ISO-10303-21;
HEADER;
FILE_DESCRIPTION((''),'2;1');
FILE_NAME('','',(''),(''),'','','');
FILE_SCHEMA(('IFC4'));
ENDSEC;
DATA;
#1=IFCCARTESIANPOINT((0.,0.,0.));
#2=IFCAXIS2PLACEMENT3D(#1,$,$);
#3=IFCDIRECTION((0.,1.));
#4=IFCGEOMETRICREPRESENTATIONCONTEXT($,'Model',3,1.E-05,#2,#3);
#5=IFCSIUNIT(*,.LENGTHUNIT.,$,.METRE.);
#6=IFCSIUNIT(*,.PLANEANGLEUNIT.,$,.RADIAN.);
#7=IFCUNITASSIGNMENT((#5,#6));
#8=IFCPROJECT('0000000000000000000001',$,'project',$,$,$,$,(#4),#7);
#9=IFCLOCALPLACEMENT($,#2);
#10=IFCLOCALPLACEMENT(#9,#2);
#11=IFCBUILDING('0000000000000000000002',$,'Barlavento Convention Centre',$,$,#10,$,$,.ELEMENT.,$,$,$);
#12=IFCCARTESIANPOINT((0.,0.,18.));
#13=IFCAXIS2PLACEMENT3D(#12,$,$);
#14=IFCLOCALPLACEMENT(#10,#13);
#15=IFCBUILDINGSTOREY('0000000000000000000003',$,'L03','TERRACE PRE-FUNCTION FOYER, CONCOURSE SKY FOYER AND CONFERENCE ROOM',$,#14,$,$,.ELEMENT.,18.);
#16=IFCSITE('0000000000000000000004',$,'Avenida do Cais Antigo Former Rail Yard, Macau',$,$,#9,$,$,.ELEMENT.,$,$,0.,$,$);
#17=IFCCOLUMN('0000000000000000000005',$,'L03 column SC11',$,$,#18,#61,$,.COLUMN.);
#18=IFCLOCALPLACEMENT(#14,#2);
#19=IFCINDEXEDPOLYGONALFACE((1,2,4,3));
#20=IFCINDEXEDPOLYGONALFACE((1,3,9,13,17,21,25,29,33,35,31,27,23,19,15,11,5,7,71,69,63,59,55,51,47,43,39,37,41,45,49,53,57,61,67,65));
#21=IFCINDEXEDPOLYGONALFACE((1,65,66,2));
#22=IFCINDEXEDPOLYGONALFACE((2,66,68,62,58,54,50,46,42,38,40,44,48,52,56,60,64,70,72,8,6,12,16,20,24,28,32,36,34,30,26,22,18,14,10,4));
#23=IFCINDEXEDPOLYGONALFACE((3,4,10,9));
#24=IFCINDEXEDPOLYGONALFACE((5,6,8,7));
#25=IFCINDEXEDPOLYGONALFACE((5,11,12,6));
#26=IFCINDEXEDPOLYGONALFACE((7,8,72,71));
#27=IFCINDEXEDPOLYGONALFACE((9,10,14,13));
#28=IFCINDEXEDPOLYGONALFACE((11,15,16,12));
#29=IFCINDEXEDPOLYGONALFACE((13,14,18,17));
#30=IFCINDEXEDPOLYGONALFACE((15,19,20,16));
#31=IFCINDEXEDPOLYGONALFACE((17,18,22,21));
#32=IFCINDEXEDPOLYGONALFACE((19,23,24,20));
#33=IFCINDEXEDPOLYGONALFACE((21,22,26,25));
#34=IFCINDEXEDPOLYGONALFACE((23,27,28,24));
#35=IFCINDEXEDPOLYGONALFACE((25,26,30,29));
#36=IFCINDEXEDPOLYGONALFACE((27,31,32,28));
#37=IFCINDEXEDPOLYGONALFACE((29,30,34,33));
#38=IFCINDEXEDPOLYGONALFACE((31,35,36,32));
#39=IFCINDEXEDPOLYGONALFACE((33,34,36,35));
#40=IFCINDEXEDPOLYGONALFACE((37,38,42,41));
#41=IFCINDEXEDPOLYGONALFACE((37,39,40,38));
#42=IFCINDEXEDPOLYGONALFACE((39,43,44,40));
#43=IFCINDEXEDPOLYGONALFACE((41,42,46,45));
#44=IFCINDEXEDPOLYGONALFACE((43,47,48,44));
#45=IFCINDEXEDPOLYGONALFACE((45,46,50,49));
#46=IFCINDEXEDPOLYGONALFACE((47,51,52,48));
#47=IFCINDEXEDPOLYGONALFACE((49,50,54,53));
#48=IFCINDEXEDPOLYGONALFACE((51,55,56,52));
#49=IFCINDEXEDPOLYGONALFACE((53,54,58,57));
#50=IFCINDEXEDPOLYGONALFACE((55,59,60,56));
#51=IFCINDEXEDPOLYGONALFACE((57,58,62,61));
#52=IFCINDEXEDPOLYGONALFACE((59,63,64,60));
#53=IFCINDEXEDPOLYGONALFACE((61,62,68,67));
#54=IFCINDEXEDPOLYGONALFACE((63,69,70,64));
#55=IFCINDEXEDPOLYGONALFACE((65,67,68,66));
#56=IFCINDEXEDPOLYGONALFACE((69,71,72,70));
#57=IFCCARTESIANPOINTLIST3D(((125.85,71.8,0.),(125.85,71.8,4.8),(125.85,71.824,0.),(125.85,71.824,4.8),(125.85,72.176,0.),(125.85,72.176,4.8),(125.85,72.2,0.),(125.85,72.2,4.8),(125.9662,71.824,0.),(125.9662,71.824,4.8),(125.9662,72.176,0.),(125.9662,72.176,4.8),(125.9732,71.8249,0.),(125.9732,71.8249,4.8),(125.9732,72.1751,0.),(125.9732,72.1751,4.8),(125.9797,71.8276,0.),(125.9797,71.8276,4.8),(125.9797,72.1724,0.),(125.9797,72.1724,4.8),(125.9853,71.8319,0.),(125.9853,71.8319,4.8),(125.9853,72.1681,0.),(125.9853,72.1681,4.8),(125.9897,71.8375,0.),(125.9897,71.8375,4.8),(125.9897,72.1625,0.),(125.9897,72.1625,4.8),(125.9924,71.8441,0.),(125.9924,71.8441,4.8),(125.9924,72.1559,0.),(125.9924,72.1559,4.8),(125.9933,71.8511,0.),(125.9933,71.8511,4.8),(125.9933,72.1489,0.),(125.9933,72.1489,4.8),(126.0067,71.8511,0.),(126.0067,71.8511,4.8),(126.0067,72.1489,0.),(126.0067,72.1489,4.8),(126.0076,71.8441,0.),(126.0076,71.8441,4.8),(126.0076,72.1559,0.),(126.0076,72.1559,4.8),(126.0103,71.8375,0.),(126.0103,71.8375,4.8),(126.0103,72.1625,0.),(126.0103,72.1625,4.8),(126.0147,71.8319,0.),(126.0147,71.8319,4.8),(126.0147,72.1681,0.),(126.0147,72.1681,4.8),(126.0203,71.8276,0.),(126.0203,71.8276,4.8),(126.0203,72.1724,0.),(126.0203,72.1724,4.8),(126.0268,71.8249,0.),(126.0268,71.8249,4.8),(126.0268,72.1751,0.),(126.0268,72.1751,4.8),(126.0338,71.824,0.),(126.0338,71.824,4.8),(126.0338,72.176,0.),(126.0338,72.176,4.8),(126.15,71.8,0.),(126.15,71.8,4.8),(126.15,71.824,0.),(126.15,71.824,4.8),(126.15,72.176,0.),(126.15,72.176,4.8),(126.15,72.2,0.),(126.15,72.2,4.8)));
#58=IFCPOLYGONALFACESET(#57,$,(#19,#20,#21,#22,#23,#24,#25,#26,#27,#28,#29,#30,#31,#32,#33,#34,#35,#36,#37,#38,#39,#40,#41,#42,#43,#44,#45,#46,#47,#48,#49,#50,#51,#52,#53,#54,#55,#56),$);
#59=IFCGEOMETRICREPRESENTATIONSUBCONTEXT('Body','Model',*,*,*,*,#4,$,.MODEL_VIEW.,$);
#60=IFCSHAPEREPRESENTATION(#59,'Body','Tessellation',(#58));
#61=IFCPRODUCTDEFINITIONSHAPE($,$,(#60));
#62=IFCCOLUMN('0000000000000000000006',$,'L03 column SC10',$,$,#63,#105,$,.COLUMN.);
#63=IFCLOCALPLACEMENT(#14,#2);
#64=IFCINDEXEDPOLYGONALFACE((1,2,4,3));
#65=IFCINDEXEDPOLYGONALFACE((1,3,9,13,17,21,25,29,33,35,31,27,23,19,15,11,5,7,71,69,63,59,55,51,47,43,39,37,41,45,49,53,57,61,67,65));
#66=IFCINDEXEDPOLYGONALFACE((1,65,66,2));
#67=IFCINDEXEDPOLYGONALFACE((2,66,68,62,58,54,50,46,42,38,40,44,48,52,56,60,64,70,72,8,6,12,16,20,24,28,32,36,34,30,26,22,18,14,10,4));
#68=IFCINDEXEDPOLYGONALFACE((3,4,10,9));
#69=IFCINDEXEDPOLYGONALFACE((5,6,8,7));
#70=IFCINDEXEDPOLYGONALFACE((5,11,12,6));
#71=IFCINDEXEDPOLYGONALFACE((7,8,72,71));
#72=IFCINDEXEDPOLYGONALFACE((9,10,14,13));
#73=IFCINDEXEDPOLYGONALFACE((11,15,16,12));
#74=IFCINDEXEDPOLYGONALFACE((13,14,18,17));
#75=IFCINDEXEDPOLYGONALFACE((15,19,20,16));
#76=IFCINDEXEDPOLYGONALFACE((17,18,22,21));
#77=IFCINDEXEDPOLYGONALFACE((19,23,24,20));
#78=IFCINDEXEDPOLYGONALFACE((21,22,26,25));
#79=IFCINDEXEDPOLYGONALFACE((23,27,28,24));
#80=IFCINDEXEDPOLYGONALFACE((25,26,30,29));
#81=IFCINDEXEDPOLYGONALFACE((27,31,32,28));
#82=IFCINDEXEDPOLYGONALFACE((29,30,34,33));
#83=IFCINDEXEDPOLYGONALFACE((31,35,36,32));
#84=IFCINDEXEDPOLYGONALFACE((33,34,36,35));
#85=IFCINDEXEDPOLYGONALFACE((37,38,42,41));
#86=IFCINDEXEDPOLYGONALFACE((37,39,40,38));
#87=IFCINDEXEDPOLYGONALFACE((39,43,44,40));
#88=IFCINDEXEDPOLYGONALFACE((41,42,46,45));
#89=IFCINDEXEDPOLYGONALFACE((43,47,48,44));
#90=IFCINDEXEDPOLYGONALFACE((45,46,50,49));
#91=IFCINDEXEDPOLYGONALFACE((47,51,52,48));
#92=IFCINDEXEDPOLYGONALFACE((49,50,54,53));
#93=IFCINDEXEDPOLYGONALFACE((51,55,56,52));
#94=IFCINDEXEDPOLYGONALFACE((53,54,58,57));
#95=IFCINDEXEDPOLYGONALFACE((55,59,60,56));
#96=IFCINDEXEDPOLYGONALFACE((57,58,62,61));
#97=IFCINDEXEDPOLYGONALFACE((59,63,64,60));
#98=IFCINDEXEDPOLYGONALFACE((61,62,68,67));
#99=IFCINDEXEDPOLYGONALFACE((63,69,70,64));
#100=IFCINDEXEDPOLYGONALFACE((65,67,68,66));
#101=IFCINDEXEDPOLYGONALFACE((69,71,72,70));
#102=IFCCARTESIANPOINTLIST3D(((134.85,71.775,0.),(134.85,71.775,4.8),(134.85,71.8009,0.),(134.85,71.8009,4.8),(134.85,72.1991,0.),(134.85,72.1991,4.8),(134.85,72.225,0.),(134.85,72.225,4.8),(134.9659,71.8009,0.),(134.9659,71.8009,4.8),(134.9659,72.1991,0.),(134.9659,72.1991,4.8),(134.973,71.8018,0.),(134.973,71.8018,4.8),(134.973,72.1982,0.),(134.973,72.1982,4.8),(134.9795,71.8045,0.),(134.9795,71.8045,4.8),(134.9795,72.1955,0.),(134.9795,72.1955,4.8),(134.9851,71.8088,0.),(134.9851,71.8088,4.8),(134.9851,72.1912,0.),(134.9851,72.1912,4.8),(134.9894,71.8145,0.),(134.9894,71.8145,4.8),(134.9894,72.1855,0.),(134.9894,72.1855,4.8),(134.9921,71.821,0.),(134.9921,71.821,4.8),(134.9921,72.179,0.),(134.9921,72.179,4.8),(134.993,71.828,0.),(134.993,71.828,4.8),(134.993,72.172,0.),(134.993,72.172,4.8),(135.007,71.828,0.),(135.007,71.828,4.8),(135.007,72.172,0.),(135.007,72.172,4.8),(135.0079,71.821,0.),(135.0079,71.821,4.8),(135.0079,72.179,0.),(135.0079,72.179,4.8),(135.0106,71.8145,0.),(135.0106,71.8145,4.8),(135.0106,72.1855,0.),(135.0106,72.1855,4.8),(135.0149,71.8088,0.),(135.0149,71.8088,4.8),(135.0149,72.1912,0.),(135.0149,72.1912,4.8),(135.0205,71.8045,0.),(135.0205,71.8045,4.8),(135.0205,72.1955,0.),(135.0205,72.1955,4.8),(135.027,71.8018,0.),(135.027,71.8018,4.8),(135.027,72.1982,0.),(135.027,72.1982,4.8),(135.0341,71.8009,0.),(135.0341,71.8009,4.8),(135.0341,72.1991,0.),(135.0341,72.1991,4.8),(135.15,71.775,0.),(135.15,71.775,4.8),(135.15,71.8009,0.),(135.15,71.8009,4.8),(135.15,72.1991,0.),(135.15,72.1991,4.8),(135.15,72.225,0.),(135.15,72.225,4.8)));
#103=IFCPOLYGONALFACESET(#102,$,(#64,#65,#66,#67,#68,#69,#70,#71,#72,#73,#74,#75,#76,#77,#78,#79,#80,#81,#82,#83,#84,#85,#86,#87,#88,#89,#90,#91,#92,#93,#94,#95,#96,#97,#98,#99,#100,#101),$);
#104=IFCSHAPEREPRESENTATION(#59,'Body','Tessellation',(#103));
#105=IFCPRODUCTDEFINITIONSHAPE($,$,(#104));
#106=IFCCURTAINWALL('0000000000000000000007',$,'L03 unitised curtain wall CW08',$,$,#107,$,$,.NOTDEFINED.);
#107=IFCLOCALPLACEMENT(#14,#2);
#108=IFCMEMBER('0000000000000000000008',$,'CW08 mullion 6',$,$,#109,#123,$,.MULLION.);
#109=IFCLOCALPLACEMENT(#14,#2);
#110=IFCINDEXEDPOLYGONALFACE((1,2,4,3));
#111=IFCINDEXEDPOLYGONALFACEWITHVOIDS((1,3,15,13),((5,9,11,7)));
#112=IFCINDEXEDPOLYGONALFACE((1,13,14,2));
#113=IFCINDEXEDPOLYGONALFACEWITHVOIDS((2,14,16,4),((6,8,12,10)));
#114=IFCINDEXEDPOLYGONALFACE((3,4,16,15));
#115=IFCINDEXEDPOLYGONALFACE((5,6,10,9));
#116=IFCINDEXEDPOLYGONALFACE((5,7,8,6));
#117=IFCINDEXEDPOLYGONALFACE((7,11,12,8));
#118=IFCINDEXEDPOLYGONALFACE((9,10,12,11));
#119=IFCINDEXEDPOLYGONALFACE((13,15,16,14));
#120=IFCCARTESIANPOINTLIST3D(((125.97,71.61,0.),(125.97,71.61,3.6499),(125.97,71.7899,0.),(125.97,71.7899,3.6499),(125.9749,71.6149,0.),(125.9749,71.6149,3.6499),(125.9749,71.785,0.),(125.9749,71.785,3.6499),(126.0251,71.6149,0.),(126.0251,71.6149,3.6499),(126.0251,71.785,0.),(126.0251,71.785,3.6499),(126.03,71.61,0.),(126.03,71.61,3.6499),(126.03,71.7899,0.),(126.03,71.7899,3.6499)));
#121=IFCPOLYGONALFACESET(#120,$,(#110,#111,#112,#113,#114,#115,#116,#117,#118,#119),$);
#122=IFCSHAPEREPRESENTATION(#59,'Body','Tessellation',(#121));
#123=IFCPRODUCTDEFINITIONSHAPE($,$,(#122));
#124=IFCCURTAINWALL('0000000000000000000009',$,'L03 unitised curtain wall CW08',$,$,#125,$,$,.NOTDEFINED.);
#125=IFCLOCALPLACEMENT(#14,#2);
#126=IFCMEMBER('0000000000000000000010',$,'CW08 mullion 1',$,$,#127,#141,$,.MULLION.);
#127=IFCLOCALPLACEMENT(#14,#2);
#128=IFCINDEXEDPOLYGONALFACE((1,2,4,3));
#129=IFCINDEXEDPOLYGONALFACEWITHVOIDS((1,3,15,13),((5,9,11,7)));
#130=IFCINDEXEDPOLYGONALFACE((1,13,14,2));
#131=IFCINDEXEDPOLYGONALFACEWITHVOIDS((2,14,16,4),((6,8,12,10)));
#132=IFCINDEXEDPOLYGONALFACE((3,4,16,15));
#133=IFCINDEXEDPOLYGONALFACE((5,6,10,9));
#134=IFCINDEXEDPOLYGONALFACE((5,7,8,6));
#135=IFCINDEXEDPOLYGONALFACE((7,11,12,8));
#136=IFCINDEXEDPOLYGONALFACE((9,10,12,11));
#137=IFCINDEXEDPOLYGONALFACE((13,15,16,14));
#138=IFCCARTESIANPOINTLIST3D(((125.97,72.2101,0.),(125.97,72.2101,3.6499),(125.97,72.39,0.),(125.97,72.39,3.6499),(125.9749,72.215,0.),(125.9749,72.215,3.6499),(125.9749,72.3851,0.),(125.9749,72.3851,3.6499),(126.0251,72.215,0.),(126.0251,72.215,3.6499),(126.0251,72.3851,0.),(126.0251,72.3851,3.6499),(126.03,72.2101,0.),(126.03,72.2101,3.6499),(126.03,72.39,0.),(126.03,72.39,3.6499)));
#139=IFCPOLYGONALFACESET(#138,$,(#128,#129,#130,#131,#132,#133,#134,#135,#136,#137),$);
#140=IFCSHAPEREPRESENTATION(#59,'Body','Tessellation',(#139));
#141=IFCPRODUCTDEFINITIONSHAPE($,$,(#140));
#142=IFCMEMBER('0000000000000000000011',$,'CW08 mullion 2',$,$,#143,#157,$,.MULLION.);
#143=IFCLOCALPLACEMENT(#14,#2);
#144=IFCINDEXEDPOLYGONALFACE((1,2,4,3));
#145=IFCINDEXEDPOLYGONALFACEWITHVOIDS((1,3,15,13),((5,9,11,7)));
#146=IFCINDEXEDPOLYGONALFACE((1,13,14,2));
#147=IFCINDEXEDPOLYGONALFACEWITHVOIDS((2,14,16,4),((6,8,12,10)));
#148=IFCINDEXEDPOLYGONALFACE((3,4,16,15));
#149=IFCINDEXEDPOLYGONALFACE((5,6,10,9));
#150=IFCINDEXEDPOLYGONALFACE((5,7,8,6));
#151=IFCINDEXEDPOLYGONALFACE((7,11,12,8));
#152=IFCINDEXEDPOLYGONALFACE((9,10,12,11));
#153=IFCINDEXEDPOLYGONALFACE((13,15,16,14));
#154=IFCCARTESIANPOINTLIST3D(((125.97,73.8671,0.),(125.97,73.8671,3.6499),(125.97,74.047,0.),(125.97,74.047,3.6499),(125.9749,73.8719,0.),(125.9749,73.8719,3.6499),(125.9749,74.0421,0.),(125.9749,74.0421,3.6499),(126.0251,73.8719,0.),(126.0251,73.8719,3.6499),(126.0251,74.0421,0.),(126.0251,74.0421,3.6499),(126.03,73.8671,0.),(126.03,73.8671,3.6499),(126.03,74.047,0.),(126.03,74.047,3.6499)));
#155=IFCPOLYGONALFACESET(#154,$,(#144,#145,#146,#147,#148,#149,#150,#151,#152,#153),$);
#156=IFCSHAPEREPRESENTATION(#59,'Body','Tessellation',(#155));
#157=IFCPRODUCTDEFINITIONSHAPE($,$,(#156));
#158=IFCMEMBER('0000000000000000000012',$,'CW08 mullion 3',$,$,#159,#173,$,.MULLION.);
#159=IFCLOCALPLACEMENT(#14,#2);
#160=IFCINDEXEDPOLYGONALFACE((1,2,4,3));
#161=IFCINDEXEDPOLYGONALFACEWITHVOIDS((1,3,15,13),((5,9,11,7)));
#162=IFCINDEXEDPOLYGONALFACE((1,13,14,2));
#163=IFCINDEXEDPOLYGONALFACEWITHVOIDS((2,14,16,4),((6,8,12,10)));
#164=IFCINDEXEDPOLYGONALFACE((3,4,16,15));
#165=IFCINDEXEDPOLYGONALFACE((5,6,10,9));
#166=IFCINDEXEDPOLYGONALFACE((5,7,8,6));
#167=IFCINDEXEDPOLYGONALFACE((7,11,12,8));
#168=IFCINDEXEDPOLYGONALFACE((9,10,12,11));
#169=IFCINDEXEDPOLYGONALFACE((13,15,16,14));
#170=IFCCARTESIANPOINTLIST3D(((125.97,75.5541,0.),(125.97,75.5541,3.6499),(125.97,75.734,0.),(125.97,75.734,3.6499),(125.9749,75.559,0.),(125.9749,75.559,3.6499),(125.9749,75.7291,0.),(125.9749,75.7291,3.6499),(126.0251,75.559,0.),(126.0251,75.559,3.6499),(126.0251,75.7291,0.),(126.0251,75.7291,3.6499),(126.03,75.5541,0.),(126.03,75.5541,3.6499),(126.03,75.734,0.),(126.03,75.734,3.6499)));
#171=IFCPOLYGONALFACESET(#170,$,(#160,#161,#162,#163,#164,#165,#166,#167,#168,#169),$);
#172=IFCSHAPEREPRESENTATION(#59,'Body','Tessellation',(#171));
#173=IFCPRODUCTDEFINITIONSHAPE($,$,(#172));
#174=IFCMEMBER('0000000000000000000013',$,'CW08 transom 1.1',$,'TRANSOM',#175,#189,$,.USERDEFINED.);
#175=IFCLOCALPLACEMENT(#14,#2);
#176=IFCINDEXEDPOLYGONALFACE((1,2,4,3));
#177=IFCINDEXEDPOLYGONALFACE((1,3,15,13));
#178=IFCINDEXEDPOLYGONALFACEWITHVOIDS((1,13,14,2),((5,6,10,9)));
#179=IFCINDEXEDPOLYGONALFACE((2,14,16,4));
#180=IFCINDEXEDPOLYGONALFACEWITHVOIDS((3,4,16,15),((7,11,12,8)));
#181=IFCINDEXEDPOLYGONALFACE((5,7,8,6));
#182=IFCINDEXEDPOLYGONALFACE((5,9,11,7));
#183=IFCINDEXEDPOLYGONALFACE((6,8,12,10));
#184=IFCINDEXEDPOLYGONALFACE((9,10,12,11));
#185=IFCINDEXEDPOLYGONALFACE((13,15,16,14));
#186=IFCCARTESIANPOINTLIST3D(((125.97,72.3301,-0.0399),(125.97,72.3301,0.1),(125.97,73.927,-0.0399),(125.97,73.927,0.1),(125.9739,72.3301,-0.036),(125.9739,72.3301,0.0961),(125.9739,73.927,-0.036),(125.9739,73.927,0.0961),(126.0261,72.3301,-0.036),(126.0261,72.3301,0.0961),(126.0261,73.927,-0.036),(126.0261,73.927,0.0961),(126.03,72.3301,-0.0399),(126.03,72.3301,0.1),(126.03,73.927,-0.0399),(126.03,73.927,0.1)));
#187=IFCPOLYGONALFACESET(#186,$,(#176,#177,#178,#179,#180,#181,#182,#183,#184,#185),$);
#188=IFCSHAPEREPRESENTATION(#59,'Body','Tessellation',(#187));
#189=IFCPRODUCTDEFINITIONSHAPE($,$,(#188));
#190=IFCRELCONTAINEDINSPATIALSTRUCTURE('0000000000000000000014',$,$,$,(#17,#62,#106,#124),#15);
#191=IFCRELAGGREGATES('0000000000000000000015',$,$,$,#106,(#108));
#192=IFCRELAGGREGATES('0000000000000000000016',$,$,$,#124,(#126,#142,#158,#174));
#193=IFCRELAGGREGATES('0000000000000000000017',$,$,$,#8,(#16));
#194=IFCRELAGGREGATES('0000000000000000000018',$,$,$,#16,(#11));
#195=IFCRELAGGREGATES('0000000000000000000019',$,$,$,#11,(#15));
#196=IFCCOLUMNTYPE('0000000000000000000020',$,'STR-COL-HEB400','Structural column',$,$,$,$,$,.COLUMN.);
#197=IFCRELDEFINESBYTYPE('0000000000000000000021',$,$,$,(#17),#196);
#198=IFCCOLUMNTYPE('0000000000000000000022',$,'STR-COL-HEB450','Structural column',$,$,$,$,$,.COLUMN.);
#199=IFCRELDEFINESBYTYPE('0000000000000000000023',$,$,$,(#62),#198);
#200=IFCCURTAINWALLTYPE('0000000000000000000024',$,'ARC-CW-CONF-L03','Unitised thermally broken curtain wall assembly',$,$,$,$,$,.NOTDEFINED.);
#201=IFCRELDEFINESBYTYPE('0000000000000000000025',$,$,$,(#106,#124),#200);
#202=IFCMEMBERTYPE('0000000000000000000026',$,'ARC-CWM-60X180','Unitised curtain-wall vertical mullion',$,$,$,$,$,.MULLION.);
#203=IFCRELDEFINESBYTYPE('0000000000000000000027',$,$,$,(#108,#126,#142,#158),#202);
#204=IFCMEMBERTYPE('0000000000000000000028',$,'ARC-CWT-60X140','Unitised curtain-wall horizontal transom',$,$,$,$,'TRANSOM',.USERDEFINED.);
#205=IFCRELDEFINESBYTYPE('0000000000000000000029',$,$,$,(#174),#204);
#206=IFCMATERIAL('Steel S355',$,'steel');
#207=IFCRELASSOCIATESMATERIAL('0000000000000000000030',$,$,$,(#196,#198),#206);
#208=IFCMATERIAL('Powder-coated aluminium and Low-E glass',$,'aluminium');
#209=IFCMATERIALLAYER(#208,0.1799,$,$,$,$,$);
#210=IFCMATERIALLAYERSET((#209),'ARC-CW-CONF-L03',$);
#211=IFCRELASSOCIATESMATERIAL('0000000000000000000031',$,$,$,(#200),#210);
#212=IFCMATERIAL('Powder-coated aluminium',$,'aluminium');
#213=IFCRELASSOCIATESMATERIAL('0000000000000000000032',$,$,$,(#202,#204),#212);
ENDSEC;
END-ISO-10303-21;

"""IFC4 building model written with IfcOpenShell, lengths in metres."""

from ifc_helpers import new_model, si_unit, direction, frame, origin, origin_2d, place, context, subcontext, project, spatial, hollow_rectangle, i_section, extrude, material, layer, layer_set, material_profile, profile_set, type_object, element, aggregate, save


model = new_model("IFC4")

# Units and contexts
model_context = context("Model", 3, precision=1e-05, world=origin(), true_north=direction((0.0, 1.0)))
body_context = subcontext(model_context, "Body", "Model", "MODEL_VIEW")
ifc_project = project(units=[si_unit("LENGTHUNIT", "METRE"), si_unit("PLANEANGLEUNIT", "RADIAN")], contexts=[model_context])

# Site, building, storey
site_placement = place(None, origin())
site = spatial("IfcSite", under=ifc_project, at=site_placement, Name="Avenida do Cais Antigo Former Rail Yard, Macau", CompositionType="ELEMENT", RefElevation=0.0)
building_placement = place(site_placement, origin())
building = spatial("IfcBuilding", under=site, at=building_placement, Name="Barlavento Convention Centre", CompositionType="ELEMENT")
storey_placement = place(building_placement, frame((0.0, 0.0, 18.0)))
storey = spatial("IfcBuildingStorey", under=building, at=storey_placement, Name="L03", Description="TERRACE PRE-FUNCTION FOYER, CONCOURSE SKY FOYER AND CONFERENCE ROOM", CompositionType="ELEMENT", Elevation=18.0)

# Columns
ifc_material_1 = material(Name="Steel S355", Category="steel")
ifc_material_profile_1 = material_profile(ifc_material_1, i_section(OverallWidth=0.3, OverallDepth=0.3999, WebThickness=0.0134, FlangeThickness=0.0239, FilletRadius=0.0271, at=origin_2d()), Name="HEB 400")
ifc_profile_set_1 = profile_set([ifc_material_profile_1], Name="Steel S355")
column_type_1 = type_object("IfcColumnType", Name="STR-COL-HEB400", Description="Structural column", PredefinedType="COLUMN", material=ifc_profile_set_1)
column_1_placement = place(storey_placement, frame((126.0, 72.0, 0.0), z_axis=(0.0, 0.0, 1.0), x_axis=(1.0, 0.0, 0.0)))
element("IfcColumn", 1, at=column_1_placement, inside=storey, type_object=column_type_1, Name="L03 column SC11", PredefinedType="COLUMN", context=body_context, shape_type="SweptSolid", body=[
    extrude(i_section(OverallWidth=0.3, OverallDepth=0.3999, WebThickness=0.0134, FlangeThickness=0.0239, FilletRadius=0.0271, at=origin_2d()), origin(), (0.0, 0.0, 1.0), 4.8),
])
ifc_material_profile_2 = material_profile(ifc_material_1, i_section(OverallWidth=0.3, OverallDepth=0.45, WebThickness=0.0139, FlangeThickness=0.0259, FilletRadius=0.0271, at=origin_2d()), Name="HEB 450")
ifc_profile_set_2 = profile_set([ifc_material_profile_2], Name="Steel S355")
column_type_2 = type_object("IfcColumnType", Name="STR-COL-HEB450", Description="Structural column", PredefinedType="COLUMN", material=ifc_profile_set_2)
column_2_placement = place(storey_placement, frame((135.0, 72.0, 0.0), z_axis=(0.0, 0.0, 1.0), x_axis=(1.0, 0.0, 0.0)))
element("IfcColumn", 2, at=column_2_placement, inside=storey, type_object=column_type_2, Name="L03 column SC10", PredefinedType="COLUMN", context=body_context, shape_type="SweptSolid", body=[
    extrude(i_section(OverallWidth=0.3, OverallDepth=0.45, WebThickness=0.0139, FlangeThickness=0.0259, FilletRadius=0.0271, at=origin_2d()), origin(), (0.0, 0.0, 1.0), 4.8),
])

# Curtain wall, member
ifc_material_2 = material(Name="Powder-coated aluminium and Low-E glass", Category="aluminium")
ifc_layer_1 = layer(ifc_material_2, 0.1799)
ifc_layer_set_1 = layer_set([ifc_layer_1], Name="ARC-CW-CONF-L03")
curtain_wall_type = type_object("IfcCurtainWallType", Name="ARC-CW-CONF-L03", Description="Unitised thermally broken curtain wall assembly", PredefinedType="NOTDEFINED", material=ifc_layer_set_1)
curtain_wall_1_placement = place(storey_placement, origin())
curtain_wall_1 = element("IfcCurtainWall", 3, at=curtain_wall_1_placement, inside=storey, type_object=curtain_wall_type, Name="L03 unitised curtain wall CW08", PredefinedType="NOTDEFINED")
ifc_material_3 = material(Name="Powder-coated aluminium", Category="aluminium")
ifc_material_profile_3 = material_profile(ifc_material_3, hollow_rectangle(XDim=0.0601, YDim=0.1799, WallThickness=0.0049, at=origin_2d()), Name="AL-MULL 60x180x5")
ifc_profile_set_3 = profile_set([ifc_material_profile_3], Name="Powder-coated aluminium")
member_type_1 = type_object("IfcMemberType", Name="ARC-CWM-60X180", Description="Unitised curtain-wall vertical mullion", PredefinedType="MULLION", material=ifc_profile_set_3)
member_1_placement = place(storey_placement, frame((126.0, 71.7, 0.0), z_axis=(0.0, 0.0, 1.0), x_axis=(-1.0, 0.0, 0.0)))
member_1 = element("IfcMember", 4, at=member_1_placement, type_object=member_type_1, Name="CW08 mullion 6", PredefinedType="MULLION", context=body_context, shape_type="SweptSolid", body=[
    extrude(hollow_rectangle(XDim=0.0601, YDim=0.1799, WallThickness=0.0049, at=origin_2d()), origin(), (0.0, 0.0, 1.0), 3.6499),
])
aggregate(curtain_wall_1, [member_1])

# Curtain wall, members
curtain_wall_2_placement = place(storey_placement, origin())
curtain_wall_2 = element("IfcCurtainWall", 5, at=curtain_wall_2_placement, inside=storey, type_object=curtain_wall_type, Name="L03 unitised curtain wall CW08", PredefinedType="NOTDEFINED")
member_2_placement = place(storey_placement, frame((126.0, 72.3, 0.0), z_axis=(0.0, 0.0, 1.0), x_axis=(-1.0, 0.0, 0.0)))
member_2 = element("IfcMember", 6, at=member_2_placement, type_object=member_type_1, Name="CW08 mullion 1", PredefinedType="MULLION", context=body_context, shape_type="SweptSolid", body=[
    extrude(hollow_rectangle(XDim=0.0601, YDim=0.1799, WallThickness=0.0049, at=origin_2d()), origin(), (0.0, 0.0, 1.0), 3.6499),
])
member_3_placement = place(storey_placement, frame((126.0, 73.957, 0.0), z_axis=(0.0, 0.0, 1.0), x_axis=(-1.0, 0.0, 0.0)))
member_3 = element("IfcMember", 7, at=member_3_placement, type_object=member_type_1, Name="CW08 mullion 2", PredefinedType="MULLION", context=body_context, shape_type="SweptSolid", body=[
    extrude(hollow_rectangle(XDim=0.0601, YDim=0.1799, WallThickness=0.0049, at=origin_2d()), origin(), (0.0, 0.0, 1.0), 3.6499),
])
member_4_placement = place(storey_placement, frame((126.0, 75.644, 0.0), z_axis=(0.0, 0.0, 1.0), x_axis=(-1.0, 0.0, 0.0)))
member_4 = element("IfcMember", 8, at=member_4_placement, type_object=member_type_1, Name="CW08 mullion 3", PredefinedType="MULLION", context=body_context, shape_type="SweptSolid", body=[
    extrude(hollow_rectangle(XDim=0.0601, YDim=0.1799, WallThickness=0.0049, at=origin_2d()), origin(), (0.0, 0.0, 1.0), 3.6499),
])
ifc_material_profile_4 = material_profile(ifc_material_3, hollow_rectangle(XDim=0.0601, YDim=0.1399, WallThickness=0.0039, at=origin_2d()), Name="AL-TRAN 60x140x4")
ifc_profile_set_4 = profile_set([ifc_material_profile_4], Name="Powder-coated aluminium")
member_type_2 = type_object("IfcMemberType", Name="ARC-CWT-60X140", Description="Unitised curtain-wall horizontal transom", ElementType="TRANSOM", PredefinedType="USERDEFINED", material=ifc_profile_set_4)
member_5_placement = place(storey_placement, frame((126.0, 72.3301, 0.03), z_axis=(0.0, 1.0, 0.0), x_axis=(-1.0, 0.0, 0.0)))
member_5 = element("IfcMember", 9, at=member_5_placement, type_object=member_type_2, Name="CW08 transom 1.1", ObjectType="TRANSOM", PredefinedType="USERDEFINED", context=body_context, shape_type="SweptSolid", body=[
    extrude(hollow_rectangle(XDim=0.0601, YDim=0.1399, WallThickness=0.0039, at=origin_2d()), origin(), (0.0, 0.0, 1.0), 1.5969),
])

aggregate(curtain_wall_2, [member_2, member_3, member_4, member_5])

save(model, "model.ifc")
